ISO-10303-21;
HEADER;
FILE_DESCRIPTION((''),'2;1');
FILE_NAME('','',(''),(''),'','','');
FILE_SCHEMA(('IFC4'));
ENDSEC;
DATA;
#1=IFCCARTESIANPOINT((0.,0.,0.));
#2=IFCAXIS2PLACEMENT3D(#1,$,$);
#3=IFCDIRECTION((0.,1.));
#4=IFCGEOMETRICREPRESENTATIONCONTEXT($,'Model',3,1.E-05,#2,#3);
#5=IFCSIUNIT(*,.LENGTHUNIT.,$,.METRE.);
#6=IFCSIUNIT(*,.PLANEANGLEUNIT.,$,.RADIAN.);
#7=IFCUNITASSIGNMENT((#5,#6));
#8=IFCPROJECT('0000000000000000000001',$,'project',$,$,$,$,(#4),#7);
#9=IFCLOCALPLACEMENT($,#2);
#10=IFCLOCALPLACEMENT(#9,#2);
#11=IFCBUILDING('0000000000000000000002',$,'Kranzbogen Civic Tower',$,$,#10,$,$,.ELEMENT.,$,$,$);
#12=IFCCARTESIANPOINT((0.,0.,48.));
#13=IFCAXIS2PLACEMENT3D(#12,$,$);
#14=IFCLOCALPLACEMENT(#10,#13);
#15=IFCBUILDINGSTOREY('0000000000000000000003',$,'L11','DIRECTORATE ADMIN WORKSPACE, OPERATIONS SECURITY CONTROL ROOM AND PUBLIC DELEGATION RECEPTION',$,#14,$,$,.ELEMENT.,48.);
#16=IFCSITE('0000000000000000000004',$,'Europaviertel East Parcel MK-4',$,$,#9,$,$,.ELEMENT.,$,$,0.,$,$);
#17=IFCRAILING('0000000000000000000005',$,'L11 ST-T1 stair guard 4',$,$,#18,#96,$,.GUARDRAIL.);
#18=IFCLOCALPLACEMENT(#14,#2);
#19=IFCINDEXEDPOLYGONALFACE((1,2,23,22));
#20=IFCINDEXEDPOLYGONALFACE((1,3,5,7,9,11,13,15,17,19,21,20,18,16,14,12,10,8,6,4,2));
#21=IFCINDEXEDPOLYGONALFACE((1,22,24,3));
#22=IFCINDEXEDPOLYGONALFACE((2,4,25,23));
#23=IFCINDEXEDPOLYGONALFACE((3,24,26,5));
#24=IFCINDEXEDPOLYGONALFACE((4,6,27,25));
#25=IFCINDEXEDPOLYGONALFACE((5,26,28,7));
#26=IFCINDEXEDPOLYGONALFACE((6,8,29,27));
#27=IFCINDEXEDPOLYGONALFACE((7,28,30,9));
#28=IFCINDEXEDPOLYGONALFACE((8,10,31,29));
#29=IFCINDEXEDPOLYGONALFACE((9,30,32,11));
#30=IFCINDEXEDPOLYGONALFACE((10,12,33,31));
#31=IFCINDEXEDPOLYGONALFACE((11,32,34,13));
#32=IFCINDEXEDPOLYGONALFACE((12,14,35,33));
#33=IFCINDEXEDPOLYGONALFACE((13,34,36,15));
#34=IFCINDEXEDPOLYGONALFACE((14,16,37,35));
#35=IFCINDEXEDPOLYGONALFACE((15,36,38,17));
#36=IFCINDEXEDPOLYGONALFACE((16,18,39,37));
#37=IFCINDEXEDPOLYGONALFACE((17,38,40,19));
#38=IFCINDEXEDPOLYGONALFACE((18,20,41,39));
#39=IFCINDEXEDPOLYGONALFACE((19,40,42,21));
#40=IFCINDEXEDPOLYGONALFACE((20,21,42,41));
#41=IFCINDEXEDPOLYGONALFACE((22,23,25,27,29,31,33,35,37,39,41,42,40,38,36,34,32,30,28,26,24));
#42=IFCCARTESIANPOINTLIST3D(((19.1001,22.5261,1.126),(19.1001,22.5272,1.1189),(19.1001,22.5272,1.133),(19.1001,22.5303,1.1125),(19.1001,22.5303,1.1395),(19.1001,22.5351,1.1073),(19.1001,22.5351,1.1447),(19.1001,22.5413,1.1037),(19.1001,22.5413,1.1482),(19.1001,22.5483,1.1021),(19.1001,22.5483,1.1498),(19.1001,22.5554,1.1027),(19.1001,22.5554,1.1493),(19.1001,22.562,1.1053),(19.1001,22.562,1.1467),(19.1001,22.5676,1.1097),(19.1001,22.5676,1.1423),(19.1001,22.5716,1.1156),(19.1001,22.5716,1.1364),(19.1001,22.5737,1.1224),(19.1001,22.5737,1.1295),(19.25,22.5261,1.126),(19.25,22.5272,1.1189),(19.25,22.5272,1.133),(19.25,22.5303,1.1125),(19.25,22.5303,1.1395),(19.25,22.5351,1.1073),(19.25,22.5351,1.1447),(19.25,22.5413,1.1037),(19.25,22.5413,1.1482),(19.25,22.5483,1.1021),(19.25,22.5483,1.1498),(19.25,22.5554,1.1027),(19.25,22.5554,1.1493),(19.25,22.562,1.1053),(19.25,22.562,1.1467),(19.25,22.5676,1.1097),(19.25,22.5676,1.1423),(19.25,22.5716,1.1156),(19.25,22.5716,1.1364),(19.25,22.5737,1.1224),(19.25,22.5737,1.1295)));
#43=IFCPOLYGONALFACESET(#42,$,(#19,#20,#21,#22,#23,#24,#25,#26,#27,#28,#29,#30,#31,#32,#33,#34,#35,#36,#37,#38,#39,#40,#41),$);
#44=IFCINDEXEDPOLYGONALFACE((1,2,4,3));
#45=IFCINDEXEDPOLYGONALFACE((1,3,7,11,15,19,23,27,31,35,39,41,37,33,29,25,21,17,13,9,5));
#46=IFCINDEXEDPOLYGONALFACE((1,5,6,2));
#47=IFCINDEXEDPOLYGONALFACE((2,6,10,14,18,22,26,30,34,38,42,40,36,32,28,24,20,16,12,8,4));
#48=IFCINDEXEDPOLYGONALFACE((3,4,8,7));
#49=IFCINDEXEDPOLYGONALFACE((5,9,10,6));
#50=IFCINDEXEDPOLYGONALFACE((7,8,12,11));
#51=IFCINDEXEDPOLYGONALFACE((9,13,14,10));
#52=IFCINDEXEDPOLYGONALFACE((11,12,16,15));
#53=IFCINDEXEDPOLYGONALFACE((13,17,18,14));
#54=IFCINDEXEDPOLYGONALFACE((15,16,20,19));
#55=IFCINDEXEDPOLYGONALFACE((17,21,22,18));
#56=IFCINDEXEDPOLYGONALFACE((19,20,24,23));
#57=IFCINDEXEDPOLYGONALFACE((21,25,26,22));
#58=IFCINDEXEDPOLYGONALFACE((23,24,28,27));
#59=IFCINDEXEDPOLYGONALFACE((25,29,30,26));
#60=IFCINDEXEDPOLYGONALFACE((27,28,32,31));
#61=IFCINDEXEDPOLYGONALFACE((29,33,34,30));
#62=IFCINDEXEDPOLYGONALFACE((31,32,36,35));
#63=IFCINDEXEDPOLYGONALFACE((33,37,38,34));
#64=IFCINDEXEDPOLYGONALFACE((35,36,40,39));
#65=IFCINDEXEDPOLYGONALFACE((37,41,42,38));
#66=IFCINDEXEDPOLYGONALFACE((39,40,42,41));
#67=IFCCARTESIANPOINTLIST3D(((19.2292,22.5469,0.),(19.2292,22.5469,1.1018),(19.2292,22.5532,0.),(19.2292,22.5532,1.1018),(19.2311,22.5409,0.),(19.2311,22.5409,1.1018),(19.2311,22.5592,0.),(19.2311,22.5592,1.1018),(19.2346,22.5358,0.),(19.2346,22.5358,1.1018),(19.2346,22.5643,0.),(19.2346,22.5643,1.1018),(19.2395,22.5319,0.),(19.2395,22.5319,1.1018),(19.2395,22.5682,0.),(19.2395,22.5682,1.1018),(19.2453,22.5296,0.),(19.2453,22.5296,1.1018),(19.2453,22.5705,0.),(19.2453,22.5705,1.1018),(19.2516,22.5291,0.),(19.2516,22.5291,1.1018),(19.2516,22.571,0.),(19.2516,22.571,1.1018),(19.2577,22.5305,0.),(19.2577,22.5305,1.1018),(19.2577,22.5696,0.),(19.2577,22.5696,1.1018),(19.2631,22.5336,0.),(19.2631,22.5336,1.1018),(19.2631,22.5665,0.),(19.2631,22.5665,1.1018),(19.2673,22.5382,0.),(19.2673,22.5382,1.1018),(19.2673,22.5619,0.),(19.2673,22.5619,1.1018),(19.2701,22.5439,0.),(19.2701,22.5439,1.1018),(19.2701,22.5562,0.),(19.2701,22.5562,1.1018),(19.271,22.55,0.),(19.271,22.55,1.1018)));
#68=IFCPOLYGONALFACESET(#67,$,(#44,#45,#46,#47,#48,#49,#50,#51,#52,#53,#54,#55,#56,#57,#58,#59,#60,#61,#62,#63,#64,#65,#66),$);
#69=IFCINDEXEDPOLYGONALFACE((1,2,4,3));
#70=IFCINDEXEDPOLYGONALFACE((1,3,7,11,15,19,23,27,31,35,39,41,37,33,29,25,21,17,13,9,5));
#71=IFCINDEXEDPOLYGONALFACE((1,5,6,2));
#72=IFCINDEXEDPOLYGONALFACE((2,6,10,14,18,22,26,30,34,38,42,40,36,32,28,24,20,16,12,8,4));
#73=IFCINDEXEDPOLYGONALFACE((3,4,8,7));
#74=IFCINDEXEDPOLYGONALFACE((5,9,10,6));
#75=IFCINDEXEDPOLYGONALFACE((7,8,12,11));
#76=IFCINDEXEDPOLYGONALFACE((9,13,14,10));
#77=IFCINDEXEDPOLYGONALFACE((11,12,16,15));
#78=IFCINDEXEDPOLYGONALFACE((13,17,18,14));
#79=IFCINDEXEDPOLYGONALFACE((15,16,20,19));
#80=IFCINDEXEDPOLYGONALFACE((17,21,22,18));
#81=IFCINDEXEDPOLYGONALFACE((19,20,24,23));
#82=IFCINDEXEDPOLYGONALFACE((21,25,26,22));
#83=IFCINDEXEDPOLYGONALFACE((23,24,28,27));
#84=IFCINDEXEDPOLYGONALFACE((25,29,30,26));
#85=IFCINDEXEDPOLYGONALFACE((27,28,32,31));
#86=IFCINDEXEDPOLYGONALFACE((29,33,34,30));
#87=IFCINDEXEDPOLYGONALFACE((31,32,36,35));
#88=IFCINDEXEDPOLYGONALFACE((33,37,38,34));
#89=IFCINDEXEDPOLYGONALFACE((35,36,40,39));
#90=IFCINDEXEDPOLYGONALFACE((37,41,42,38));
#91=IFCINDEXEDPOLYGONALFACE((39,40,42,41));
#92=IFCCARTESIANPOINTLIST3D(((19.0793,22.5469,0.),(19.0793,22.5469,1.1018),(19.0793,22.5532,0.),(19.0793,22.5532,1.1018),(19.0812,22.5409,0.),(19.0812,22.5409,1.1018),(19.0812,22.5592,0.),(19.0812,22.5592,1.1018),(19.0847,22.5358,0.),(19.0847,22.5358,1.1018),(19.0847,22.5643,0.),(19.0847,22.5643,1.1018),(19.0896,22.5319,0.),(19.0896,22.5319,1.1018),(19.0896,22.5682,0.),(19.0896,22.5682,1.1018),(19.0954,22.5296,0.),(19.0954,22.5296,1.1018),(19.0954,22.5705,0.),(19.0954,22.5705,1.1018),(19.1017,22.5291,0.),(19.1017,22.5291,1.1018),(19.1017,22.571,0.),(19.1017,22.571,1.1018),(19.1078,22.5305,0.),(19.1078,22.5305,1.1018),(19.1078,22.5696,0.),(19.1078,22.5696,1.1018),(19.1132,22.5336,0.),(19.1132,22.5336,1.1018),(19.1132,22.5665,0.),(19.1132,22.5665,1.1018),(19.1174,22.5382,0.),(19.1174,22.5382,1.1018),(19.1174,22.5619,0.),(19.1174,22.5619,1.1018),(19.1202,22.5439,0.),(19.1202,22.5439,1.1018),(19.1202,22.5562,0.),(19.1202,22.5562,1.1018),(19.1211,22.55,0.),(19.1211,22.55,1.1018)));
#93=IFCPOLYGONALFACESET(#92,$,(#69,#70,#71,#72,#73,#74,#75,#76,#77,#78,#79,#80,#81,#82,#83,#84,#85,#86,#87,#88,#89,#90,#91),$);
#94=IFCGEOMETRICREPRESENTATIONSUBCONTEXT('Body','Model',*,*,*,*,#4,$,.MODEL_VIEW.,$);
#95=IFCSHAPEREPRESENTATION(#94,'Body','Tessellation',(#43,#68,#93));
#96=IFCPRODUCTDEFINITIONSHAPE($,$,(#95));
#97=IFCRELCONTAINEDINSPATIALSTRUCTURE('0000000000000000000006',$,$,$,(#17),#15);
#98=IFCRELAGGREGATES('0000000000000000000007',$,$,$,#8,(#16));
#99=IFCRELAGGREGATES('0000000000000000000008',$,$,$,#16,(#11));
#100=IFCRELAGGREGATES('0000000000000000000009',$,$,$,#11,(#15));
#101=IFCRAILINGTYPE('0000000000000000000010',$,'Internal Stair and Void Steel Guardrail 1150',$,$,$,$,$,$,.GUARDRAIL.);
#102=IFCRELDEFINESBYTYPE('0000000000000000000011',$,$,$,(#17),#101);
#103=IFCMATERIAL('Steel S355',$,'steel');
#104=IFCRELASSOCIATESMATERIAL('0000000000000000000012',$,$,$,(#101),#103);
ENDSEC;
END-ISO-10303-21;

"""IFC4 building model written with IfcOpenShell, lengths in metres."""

from ifc_helpers import new_model, si_unit, direction, frame, origin, origin_2d, place, context, subcontext, project, spatial, circle, extrude, material, type_object, element, save


model = new_model("IFC4")

# Units and contexts
model_context = context("Model", 3, precision=1e-05, world=origin(), true_north=direction((0.0, 1.0)))
body_context = subcontext(model_context, "Body", "Model", "MODEL_VIEW")
ifc_project = project(units=[si_unit("LENGTHUNIT", "METRE"), si_unit("PLANEANGLEUNIT", "RADIAN")], contexts=[model_context])

# Site, building, storey
site_placement = place(None, origin())
site = spatial("IfcSite", under=ifc_project, at=site_placement, Name="Europaviertel East Parcel MK-4", CompositionType="ELEMENT", RefElevation=0.0)
building_placement = place(site_placement, origin())
building = spatial("IfcBuilding", under=site, at=building_placement, Name="Kranzbogen Civic Tower", CompositionType="ELEMENT")
storey_placement = place(building_placement, frame((0.0, 0.0, 48.0)))
storey = spatial("IfcBuildingStorey", under=building, at=storey_placement, Name="L11", Description="DIRECTORATE ADMIN WORKSPACE, OPERATIONS SECURITY CONTROL ROOM AND PUBLIC DELEGATION RECEPTION", CompositionType="ELEMENT", Elevation=48.0)

# Shared definitions
ifc_material_1 = material(Name="Steel S355", Category="steel")

# Railing
railing_type_1 = type_object("IfcRailingType", Name="Internal Stair and Void Steel Guardrail 1150", PredefinedType="GUARDRAIL", material=ifc_material_1)
railing_1_placement = place(storey_placement, frame((19.25, 22.55, 0.0)))
element("IfcRailing", 1, at=railing_1_placement, inside=storey, type_object=railing_type_1, Name="L11 ST-T1 stair guard 4", PredefinedType="GUARDRAIL", context=body_context, shape_type="SweptSolid", body=[
    extrude(circle(Radius=0.0239, at=origin_2d()), frame((0.0, 0.0, 1.126), z_axis=(-1.0, 0.0, 0.0), x_axis=(0.0, -1.0, 0.0)), (0.0, 0.0, 1.0), 0.1499),
    extrude(circle(Radius=0.021, at=origin_2d()), origin(), (0.0, 0.0, 1.0), 1.1018),
    extrude(circle(Radius=0.021, at=origin_2d()), frame((-0.1499, 0.0, 0.0)), (0.0, 0.0, 1.0), 1.1018),
])

save(model, "model.ifc")
